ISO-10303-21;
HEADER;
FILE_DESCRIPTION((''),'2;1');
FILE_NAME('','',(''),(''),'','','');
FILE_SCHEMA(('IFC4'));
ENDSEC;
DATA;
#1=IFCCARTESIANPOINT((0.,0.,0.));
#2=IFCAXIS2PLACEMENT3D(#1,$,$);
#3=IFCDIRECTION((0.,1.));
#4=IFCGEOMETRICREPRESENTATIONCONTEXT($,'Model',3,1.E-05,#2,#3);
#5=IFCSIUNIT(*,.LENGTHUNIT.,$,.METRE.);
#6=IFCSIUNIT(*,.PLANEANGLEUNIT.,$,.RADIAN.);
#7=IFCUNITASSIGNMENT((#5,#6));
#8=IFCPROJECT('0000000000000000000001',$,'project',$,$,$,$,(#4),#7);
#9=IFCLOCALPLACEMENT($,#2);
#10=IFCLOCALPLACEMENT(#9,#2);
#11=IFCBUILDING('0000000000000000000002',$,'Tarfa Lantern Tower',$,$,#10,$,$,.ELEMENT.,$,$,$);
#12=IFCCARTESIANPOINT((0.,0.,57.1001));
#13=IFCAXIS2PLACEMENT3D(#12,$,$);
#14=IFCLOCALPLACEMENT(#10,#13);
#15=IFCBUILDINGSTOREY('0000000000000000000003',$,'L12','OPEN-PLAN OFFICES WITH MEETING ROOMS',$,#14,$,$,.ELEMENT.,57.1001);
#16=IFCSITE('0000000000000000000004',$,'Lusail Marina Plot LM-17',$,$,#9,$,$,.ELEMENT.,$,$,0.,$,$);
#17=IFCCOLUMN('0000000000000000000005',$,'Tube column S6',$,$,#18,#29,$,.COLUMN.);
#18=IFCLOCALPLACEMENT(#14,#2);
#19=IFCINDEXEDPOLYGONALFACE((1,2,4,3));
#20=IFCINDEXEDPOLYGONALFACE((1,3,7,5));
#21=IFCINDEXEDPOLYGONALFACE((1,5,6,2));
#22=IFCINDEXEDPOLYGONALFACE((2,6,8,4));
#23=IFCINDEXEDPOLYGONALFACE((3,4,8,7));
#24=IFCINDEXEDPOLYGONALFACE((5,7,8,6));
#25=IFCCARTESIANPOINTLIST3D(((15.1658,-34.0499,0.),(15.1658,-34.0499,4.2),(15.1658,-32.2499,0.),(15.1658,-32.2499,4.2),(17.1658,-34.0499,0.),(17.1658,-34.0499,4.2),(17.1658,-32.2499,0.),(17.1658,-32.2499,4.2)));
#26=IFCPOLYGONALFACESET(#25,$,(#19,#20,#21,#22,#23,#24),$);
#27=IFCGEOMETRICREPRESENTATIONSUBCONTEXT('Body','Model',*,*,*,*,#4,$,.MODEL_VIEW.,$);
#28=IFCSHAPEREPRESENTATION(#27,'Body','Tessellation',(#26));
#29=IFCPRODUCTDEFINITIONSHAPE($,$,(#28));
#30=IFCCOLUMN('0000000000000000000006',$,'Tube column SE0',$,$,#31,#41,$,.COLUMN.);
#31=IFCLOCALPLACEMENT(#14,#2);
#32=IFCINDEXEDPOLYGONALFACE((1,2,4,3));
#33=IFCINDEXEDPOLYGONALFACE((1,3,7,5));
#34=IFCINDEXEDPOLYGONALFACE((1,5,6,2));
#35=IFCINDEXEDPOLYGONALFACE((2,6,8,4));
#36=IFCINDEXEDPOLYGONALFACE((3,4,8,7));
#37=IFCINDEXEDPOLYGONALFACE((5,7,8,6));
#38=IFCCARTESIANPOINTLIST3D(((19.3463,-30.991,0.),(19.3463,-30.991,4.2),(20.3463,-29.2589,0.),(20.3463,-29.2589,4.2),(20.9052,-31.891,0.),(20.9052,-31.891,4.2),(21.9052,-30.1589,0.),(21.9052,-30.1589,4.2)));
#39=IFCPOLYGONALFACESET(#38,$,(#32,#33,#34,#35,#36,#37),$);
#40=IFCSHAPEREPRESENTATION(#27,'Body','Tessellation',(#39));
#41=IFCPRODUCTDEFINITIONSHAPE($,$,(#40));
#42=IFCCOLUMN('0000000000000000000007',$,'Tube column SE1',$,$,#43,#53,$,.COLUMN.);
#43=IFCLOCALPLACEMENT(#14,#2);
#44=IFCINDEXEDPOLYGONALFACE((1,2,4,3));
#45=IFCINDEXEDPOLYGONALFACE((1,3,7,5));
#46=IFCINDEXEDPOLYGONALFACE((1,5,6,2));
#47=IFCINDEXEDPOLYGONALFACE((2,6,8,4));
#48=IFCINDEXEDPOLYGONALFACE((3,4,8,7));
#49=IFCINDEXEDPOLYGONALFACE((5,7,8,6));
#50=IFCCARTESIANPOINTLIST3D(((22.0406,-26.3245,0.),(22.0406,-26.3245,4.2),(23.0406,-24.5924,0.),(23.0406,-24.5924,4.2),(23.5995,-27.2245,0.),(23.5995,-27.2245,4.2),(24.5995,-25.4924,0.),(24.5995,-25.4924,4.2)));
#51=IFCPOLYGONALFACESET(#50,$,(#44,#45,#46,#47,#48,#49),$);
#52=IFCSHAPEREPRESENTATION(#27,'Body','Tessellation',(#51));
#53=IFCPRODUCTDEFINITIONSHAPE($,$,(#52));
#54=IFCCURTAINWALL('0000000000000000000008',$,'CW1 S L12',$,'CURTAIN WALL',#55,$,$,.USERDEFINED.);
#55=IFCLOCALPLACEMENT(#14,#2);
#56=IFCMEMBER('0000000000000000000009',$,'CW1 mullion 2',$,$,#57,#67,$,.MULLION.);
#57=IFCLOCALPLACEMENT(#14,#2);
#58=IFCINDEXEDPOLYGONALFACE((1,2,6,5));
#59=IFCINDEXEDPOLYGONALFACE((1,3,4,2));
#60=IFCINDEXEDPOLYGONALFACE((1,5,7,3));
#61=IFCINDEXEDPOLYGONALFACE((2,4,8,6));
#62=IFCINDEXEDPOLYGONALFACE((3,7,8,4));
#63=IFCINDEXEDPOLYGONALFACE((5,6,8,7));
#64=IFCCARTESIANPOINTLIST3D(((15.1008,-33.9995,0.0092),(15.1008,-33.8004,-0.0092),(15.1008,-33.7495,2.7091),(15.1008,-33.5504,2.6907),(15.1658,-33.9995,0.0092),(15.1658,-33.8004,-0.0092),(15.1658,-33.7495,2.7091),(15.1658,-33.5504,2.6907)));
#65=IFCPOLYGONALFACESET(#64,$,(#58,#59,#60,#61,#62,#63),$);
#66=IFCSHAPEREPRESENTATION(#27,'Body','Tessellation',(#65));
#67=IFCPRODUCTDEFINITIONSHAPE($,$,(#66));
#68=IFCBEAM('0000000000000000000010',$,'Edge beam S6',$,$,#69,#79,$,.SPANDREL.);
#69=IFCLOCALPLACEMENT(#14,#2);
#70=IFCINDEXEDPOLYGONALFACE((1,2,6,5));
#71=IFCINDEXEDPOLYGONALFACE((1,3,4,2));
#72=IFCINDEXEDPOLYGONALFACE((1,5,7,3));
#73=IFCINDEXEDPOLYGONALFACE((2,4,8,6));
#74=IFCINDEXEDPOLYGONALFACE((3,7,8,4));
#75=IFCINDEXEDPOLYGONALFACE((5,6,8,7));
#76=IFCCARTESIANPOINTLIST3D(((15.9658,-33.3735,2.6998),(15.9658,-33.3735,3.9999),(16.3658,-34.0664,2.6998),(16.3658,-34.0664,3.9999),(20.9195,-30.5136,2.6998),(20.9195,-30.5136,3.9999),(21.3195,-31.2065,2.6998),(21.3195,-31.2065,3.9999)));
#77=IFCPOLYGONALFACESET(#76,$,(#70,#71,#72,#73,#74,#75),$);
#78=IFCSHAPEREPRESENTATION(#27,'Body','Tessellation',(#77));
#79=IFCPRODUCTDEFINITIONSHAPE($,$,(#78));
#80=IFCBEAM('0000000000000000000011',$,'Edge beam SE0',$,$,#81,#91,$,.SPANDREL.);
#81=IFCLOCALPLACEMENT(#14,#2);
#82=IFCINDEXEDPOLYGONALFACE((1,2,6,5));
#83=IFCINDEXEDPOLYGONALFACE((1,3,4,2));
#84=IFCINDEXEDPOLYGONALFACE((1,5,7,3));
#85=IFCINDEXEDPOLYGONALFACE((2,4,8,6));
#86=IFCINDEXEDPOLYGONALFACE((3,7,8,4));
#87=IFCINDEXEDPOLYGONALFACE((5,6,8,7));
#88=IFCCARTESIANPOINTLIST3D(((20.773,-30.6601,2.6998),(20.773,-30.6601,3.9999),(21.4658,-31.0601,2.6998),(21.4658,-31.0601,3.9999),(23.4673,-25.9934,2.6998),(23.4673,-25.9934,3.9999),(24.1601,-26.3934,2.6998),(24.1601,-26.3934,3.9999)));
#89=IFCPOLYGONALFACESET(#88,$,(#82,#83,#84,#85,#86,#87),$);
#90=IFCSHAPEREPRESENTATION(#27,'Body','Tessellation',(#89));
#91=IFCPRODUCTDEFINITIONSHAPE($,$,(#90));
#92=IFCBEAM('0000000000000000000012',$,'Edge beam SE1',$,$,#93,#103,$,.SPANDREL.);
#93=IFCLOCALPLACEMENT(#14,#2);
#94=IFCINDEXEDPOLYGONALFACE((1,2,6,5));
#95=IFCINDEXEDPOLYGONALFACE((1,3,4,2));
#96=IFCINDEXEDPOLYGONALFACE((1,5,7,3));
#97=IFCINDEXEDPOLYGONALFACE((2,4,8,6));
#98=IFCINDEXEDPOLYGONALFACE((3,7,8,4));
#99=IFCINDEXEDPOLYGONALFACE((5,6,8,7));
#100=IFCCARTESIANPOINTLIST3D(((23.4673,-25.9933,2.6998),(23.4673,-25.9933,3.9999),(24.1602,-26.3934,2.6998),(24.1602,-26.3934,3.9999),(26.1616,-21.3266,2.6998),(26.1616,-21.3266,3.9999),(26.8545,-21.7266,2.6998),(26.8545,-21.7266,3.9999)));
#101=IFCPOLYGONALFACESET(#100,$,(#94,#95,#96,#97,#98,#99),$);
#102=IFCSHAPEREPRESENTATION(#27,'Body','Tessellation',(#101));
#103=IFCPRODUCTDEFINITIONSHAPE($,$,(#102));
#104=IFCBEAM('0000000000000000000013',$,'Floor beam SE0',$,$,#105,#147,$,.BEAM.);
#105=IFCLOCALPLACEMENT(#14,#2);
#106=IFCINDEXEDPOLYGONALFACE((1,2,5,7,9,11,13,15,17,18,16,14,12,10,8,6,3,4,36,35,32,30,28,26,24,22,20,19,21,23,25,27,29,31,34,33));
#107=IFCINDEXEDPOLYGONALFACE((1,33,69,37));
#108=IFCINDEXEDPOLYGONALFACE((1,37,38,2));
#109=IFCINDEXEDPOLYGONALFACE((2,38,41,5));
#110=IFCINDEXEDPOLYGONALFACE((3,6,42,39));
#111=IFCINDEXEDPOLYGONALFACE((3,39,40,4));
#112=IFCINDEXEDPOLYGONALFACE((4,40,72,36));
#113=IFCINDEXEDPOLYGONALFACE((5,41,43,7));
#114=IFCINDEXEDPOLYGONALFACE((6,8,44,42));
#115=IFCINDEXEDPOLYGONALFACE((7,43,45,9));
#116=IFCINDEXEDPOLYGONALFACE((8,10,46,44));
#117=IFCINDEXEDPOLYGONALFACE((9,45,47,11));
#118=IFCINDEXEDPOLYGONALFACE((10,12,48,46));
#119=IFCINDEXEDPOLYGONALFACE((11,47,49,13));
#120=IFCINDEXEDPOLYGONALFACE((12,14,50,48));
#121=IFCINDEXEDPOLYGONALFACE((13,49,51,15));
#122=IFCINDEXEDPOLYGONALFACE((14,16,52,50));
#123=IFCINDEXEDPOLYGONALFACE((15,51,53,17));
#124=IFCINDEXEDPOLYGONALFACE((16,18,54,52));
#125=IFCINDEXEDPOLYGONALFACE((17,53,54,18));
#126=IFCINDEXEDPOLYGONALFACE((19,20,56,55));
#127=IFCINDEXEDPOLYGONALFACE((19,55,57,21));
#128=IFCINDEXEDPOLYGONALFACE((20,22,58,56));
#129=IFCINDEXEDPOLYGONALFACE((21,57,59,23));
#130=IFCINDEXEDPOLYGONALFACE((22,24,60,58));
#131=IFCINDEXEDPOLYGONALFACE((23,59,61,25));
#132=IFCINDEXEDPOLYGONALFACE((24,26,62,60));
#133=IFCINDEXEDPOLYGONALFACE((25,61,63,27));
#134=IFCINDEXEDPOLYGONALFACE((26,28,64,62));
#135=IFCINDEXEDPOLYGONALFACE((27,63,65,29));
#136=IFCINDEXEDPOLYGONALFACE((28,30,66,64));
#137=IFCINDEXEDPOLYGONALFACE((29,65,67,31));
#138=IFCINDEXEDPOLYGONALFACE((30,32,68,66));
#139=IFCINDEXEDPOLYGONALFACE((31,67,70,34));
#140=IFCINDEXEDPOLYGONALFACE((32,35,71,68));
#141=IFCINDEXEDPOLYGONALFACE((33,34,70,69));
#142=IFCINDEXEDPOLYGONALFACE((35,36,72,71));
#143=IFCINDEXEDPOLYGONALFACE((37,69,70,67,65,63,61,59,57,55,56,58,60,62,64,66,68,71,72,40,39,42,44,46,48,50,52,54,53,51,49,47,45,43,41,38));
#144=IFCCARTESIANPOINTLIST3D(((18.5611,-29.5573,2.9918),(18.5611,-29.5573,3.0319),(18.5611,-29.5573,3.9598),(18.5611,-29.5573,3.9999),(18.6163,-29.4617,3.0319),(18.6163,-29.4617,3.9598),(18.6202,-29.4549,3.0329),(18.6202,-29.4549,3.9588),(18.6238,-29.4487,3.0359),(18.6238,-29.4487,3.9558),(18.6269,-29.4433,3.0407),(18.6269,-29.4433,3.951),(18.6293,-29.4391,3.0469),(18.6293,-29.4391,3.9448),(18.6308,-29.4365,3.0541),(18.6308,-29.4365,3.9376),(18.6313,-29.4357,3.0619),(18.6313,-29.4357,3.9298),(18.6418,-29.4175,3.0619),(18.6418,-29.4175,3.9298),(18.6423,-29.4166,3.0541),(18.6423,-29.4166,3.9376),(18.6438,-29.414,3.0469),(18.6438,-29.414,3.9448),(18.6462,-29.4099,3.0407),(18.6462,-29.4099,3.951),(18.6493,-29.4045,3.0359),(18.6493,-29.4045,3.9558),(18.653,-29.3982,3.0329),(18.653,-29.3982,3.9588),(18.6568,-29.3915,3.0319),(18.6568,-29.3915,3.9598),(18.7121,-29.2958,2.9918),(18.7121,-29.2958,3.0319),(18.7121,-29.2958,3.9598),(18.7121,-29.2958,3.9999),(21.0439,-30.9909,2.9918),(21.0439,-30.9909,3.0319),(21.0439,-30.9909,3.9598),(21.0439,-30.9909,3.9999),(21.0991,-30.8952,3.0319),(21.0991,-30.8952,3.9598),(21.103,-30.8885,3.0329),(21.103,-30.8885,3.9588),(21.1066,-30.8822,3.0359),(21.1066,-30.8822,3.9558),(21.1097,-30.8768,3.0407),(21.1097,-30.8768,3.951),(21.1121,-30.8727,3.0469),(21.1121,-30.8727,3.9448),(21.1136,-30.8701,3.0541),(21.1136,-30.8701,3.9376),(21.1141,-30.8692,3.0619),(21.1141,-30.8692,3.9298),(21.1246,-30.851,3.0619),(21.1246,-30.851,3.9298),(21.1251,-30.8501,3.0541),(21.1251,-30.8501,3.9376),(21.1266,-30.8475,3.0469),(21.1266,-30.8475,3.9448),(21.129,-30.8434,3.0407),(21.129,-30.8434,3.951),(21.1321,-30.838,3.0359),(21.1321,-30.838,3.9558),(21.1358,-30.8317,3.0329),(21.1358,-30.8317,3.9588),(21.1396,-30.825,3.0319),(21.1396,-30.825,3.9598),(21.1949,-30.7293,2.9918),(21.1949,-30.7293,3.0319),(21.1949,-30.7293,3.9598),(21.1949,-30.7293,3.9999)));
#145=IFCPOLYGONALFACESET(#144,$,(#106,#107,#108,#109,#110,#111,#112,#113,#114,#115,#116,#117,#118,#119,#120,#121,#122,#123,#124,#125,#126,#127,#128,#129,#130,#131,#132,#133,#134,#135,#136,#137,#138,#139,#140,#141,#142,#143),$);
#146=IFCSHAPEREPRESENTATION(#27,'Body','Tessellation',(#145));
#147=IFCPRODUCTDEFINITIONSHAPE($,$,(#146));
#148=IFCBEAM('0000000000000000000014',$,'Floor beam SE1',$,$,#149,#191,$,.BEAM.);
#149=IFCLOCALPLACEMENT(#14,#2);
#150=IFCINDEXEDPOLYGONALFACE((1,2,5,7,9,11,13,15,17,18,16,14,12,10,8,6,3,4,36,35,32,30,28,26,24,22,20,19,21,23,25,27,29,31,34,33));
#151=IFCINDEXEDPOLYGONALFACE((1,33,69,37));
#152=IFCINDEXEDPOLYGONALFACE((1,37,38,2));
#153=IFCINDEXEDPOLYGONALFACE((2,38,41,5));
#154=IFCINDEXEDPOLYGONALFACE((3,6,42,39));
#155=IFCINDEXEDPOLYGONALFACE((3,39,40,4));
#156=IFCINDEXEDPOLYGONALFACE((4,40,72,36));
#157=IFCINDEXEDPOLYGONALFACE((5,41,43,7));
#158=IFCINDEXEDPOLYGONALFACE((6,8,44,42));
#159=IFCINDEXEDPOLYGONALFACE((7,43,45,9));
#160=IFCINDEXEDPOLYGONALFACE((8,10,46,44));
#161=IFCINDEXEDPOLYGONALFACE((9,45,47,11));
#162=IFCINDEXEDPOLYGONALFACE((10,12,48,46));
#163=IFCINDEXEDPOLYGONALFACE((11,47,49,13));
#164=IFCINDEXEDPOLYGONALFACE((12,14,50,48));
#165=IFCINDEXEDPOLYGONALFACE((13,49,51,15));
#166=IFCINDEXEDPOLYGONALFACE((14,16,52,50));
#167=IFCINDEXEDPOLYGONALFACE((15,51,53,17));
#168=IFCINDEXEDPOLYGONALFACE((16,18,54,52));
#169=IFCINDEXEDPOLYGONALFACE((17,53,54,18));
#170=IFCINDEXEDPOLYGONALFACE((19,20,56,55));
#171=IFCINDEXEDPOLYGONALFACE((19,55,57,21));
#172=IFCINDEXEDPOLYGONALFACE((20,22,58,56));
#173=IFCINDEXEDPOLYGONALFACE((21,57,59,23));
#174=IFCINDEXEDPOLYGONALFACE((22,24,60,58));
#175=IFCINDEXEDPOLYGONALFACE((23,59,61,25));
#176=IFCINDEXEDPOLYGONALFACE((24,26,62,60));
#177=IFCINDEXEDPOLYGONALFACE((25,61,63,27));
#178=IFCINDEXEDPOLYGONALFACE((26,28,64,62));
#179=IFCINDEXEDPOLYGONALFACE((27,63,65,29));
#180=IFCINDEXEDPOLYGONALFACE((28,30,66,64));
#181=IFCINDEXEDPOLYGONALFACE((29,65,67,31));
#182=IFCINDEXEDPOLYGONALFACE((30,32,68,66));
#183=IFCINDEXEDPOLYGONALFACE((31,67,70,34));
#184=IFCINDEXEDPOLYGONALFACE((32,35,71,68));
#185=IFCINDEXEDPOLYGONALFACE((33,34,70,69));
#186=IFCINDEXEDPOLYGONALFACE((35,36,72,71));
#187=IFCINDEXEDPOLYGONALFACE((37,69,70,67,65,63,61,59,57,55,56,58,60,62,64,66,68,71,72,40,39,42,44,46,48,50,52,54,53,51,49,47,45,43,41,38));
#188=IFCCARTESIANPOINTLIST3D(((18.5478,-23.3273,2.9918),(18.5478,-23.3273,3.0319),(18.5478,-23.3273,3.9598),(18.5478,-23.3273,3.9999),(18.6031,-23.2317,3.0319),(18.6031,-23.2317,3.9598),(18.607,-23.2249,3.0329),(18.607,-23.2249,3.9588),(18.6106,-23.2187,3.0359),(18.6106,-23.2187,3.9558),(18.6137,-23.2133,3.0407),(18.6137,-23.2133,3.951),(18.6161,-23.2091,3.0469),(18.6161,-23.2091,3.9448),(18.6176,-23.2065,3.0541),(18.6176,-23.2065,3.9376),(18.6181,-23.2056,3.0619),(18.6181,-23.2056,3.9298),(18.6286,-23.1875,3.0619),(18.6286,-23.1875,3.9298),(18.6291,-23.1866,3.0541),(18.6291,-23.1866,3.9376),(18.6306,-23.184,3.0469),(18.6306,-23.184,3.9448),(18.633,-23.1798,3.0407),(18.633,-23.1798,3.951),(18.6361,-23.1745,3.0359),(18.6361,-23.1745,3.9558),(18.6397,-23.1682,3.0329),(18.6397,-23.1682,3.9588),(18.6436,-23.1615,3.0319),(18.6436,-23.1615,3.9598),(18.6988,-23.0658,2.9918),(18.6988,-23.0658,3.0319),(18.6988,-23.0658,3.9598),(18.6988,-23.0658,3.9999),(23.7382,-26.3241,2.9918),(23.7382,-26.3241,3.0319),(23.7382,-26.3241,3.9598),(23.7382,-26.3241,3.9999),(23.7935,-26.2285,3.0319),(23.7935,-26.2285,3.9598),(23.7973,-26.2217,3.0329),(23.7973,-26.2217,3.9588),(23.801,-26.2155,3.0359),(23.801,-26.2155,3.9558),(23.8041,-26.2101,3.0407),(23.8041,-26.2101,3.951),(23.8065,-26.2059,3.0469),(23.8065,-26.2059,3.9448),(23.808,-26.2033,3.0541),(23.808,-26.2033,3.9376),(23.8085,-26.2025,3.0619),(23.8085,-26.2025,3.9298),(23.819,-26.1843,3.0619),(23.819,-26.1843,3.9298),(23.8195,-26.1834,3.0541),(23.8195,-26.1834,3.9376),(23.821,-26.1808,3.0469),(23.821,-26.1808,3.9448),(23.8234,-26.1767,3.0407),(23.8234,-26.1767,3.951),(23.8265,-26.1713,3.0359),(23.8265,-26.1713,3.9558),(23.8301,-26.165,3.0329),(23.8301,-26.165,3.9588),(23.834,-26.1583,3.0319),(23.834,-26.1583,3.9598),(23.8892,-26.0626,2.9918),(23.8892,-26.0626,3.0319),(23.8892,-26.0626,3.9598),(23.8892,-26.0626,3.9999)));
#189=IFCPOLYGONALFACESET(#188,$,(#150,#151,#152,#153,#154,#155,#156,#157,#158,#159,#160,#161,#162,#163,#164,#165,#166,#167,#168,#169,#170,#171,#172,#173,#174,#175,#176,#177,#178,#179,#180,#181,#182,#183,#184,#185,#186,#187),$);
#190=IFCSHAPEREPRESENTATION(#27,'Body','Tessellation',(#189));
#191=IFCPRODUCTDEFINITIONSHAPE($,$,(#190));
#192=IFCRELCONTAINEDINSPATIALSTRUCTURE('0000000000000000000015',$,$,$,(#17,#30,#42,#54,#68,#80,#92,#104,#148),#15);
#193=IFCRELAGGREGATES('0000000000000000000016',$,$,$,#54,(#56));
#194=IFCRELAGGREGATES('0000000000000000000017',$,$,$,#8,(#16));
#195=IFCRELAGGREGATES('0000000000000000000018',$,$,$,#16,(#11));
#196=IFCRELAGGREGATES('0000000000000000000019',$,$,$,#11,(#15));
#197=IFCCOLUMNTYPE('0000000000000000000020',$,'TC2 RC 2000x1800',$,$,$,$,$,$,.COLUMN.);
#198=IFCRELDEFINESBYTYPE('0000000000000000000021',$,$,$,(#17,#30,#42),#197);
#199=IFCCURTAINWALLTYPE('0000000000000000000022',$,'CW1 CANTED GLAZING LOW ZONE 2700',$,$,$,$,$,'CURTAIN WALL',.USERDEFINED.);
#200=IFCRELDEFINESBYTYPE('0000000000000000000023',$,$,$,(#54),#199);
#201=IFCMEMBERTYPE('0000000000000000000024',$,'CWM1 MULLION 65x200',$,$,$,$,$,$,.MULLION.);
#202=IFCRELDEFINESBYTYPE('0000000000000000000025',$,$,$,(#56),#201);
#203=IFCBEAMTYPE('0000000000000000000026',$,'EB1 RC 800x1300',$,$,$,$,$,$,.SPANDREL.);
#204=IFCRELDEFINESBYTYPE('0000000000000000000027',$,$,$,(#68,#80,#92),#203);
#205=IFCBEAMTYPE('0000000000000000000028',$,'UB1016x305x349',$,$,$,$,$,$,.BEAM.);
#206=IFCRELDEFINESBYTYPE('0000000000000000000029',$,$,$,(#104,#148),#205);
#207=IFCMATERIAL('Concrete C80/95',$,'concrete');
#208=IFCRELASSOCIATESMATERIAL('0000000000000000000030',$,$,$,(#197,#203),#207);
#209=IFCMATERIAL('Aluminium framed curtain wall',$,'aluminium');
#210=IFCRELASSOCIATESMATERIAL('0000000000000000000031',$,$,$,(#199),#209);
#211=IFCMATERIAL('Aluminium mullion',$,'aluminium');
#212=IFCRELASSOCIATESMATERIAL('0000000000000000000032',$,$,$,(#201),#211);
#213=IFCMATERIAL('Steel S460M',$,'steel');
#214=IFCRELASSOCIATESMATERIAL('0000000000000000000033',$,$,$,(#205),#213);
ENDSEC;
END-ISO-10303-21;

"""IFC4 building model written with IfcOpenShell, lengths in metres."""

from ifc_helpers import new_model, si_unit, direction, frame, origin, origin_2d, place, context, subcontext, project, spatial, rectangle, i_section, extrude, material, material_profile, profile_set, type_object, element, aggregate, save


model = new_model("IFC4")

# Units and contexts
model_context = context("Model", 3, precision=1e-05, world=origin(), true_north=direction((0.0, 1.0)))
body_context = subcontext(model_context, "Body", "Model", "MODEL_VIEW")
ifc_project = project(units=[si_unit("LENGTHUNIT", "METRE"), si_unit("PLANEANGLEUNIT", "RADIAN")], contexts=[model_context])

# Site, building, storey
site_placement = place(None, origin())
site = spatial("IfcSite", under=ifc_project, at=site_placement, Name="Lusail Marina Plot LM-17", CompositionType="ELEMENT", RefElevation=0.0)
building_placement = place(site_placement, origin())
building = spatial("IfcBuilding", under=site, at=building_placement, Name="Tarfa Lantern Tower", CompositionType="ELEMENT")
storey_placement = place(building_placement, frame((0.0, 0.0, 57.1001)))
storey = spatial("IfcBuildingStorey", under=building, at=storey_placement, Name="L12", Description="OPEN-PLAN OFFICES WITH MEETING ROOMS", CompositionType="ELEMENT", Elevation=57.1001)

# Columns
ifc_material_1 = material(Name="Concrete C80/95", Category="concrete")
ifc_material_profile_1 = material_profile(ifc_material_1, rectangle(XDim=2.0, YDim=1.8, at=origin_2d()), Name="RC 2000x1800")
ifc_profile_set_1 = profile_set([ifc_material_profile_1], Name="Concrete C80/95")
column_type = type_object("IfcColumnType", Name="TC2 RC 2000x1800", PredefinedType="COLUMN", material=ifc_profile_set_1)
for number, where, z_axis, x_axis, name in (
    (1, (16.1658, -33.1499, 0.0), (0.0, 0.0, 1.0), (1.0, 0.0, 0.0), "Tube column S6"),
    (2, (20.6257, -30.575, 0.0), (0.0, 0.0, 1.0), (0.5, 0.866025, 0.0), "Tube column SE0"),
    (3, (23.3201, -25.9084, 0.0), (0.0, 0.0, 1.0), (0.5, 0.866025, 0.0), "Tube column SE1"),
):
    element("IfcColumn", number, at=place(storey_placement, frame(where, z_axis=z_axis, x_axis=x_axis)), inside=storey, type_object=column_type, Name=name, PredefinedType="COLUMN", context=body_context, shape_type="SweptSolid", body=[
        extrude(rectangle(XDim=2.0, YDim=1.8, at=origin_2d()), origin(), (0.0, 0.0, 1.0), 4.2),
    ])

# Curtain wall, member
ifc_material_2 = material(Name="Aluminium framed curtain wall", Category="aluminium")
curtain_wall_type = type_object("IfcCurtainWallType", Name="CW1 CANTED GLAZING LOW ZONE 2700", ElementType="CURTAIN WALL", PredefinedType="USERDEFINED", material=ifc_material_2)
curtain_wall_placement = place(storey_placement, origin())
curtain_wall = element("IfcCurtainWall", 4, at=curtain_wall_placement, inside=storey, type_object=curtain_wall_type, Name="CW1 S L12", ObjectType="CURTAIN WALL", PredefinedType="USERDEFINED")
ifc_material_3 = material(Name="Aluminium mullion", Category="aluminium")
ifc_material_profile_2 = material_profile(ifc_material_3, rectangle(XDim=0.0649, YDim=0.2, at=origin_2d()), Name="AL MULLION 65x200")
ifc_profile_set_2 = profile_set([ifc_material_profile_2], Name="Aluminium mullion")
member_type = type_object("IfcMemberType", Name="CWM1 MULLION 65x200", PredefinedType="MULLION", material=ifc_profile_set_2)
member_placement = place(storey_placement, frame((15.1333, -33.8999, 0.0), z_axis=(0.0, 0.0922, 0.995741), x_axis=(-1.0, 0.0, 0.0)))
member = element("IfcMember", 5, at=member_placement, type_object=member_type, Name="CW1 mullion 2", PredefinedType="MULLION", context=body_context, shape_type="SweptSolid", body=[
    extrude(rectangle(XDim=0.0649, YDim=0.2, at=origin_2d()), origin(), (0.0, 0.0, 1.0), 2.7114),
])
aggregate(curtain_wall, [member])

# Beams
ifc_material_profile_3 = material_profile(ifc_material_1, rectangle(XDim=0.8, YDim=1.3, at=origin_2d()), Name="RC 800x1300")
ifc_profile_set_3 = profile_set([ifc_material_profile_3], Name="Concrete C80/95")
beam_type_1 = type_object("IfcBeamType", Name="EB1 RC 800x1300", PredefinedType="SPANDREL", material=ifc_profile_set_3)
beam_1_placement = place(storey_placement, frame((16.1658, -33.72, 3.3499), z_axis=(0.866033, 0.499986, 0.0), x_axis=(-0.499986, 0.866033, 0.0)))
element("IfcBeam", 6, at=beam_1_placement, inside=storey, type_object=beam_type_1, Name="Edge beam S6", PredefinedType="SPANDREL", context=body_context, shape_type="SweptSolid", body=[
    extrude(rectangle(XDim=0.8, YDim=1.3, at=origin_2d()), origin(), (0.0, 0.0, 1.0), 5.72),
])
for number, where, z_axis, x_axis, name in (
    (7, (21.1194, -30.8601, 3.3499), (0.499998, 0.866026, 0.0), (-0.866026, 0.499998, 0.0), "Edge beam SE0"),
    (8, (23.8137, -26.1934, 3.3499), (0.499998, 0.866026, 0.0), (-0.866026, 0.499998, 0.0), "Edge beam SE1"),
):
    element("IfcBeam", number, at=place(storey_placement, frame(where, z_axis=z_axis, x_axis=x_axis)), inside=storey, type_object=beam_type_1, Name=name, PredefinedType="SPANDREL", context=body_context, shape_type="SweptSolid", body=[
        extrude(rectangle(XDim=0.8, YDim=1.3, at=origin_2d()), origin(), (0.0, 0.0, 1.0), 5.3887),
    ])
ifc_material_4 = material(Name="Steel S460M", Category="steel")
ifc_material_profile_4 = material_profile(ifc_material_4, i_section(OverallWidth=0.302, OverallDepth=1.0081, WebThickness=0.021, FlangeThickness=0.04, FilletRadius=0.03, at=origin_2d()), Name="UB1016x305x349")
ifc_profile_set_4 = profile_set([ifc_material_profile_4], Name="Steel S460M")
beam_type_2 = type_object("IfcBeamType", Name="UB1016x305x349", PredefinedType="BEAM", material=ifc_profile_set_4)
beam_2_placement = place(storey_placement, frame((21.1194, -30.8601, 3.4958), z_axis=(-0.866013, 0.500022, 0.0), x_axis=(-0.500022, -0.866013, 0.0)))
element("IfcBeam", 9, at=beam_2_placement, inside=storey, type_object=beam_type_2, Name="Floor beam SE0", PredefinedType="BEAM", context=body_context, shape_type="SweptSolid", body=[
    extrude(i_section(OverallWidth=0.302, OverallDepth=1.0081, WebThickness=0.021, FlangeThickness=0.04, FilletRadius=0.03, at=origin_2d()), origin(), (0.0, 0.0, 1.0), 2.8669),
])
beam_3_placement = place(storey_placement, frame((23.8137, -26.1934, 3.4958), z_axis=(-0.866016, 0.500016, 0.0), x_axis=(-0.500016, -0.866016, 0.0)))
element("IfcBeam", 10, at=beam_3_placement, inside=storey, type_object=beam_type_2, Name="Floor beam SE1", PredefinedType="BEAM", context=body_context, shape_type="SweptSolid", body=[
    extrude(i_section(OverallWidth=0.302, OverallDepth=1.0081, WebThickness=0.021, FlangeThickness=0.04, FilletRadius=0.03, at=origin_2d()), origin(), (0.0, 0.0, 1.0), 5.9934),
])

save(model, "model.ifc")
